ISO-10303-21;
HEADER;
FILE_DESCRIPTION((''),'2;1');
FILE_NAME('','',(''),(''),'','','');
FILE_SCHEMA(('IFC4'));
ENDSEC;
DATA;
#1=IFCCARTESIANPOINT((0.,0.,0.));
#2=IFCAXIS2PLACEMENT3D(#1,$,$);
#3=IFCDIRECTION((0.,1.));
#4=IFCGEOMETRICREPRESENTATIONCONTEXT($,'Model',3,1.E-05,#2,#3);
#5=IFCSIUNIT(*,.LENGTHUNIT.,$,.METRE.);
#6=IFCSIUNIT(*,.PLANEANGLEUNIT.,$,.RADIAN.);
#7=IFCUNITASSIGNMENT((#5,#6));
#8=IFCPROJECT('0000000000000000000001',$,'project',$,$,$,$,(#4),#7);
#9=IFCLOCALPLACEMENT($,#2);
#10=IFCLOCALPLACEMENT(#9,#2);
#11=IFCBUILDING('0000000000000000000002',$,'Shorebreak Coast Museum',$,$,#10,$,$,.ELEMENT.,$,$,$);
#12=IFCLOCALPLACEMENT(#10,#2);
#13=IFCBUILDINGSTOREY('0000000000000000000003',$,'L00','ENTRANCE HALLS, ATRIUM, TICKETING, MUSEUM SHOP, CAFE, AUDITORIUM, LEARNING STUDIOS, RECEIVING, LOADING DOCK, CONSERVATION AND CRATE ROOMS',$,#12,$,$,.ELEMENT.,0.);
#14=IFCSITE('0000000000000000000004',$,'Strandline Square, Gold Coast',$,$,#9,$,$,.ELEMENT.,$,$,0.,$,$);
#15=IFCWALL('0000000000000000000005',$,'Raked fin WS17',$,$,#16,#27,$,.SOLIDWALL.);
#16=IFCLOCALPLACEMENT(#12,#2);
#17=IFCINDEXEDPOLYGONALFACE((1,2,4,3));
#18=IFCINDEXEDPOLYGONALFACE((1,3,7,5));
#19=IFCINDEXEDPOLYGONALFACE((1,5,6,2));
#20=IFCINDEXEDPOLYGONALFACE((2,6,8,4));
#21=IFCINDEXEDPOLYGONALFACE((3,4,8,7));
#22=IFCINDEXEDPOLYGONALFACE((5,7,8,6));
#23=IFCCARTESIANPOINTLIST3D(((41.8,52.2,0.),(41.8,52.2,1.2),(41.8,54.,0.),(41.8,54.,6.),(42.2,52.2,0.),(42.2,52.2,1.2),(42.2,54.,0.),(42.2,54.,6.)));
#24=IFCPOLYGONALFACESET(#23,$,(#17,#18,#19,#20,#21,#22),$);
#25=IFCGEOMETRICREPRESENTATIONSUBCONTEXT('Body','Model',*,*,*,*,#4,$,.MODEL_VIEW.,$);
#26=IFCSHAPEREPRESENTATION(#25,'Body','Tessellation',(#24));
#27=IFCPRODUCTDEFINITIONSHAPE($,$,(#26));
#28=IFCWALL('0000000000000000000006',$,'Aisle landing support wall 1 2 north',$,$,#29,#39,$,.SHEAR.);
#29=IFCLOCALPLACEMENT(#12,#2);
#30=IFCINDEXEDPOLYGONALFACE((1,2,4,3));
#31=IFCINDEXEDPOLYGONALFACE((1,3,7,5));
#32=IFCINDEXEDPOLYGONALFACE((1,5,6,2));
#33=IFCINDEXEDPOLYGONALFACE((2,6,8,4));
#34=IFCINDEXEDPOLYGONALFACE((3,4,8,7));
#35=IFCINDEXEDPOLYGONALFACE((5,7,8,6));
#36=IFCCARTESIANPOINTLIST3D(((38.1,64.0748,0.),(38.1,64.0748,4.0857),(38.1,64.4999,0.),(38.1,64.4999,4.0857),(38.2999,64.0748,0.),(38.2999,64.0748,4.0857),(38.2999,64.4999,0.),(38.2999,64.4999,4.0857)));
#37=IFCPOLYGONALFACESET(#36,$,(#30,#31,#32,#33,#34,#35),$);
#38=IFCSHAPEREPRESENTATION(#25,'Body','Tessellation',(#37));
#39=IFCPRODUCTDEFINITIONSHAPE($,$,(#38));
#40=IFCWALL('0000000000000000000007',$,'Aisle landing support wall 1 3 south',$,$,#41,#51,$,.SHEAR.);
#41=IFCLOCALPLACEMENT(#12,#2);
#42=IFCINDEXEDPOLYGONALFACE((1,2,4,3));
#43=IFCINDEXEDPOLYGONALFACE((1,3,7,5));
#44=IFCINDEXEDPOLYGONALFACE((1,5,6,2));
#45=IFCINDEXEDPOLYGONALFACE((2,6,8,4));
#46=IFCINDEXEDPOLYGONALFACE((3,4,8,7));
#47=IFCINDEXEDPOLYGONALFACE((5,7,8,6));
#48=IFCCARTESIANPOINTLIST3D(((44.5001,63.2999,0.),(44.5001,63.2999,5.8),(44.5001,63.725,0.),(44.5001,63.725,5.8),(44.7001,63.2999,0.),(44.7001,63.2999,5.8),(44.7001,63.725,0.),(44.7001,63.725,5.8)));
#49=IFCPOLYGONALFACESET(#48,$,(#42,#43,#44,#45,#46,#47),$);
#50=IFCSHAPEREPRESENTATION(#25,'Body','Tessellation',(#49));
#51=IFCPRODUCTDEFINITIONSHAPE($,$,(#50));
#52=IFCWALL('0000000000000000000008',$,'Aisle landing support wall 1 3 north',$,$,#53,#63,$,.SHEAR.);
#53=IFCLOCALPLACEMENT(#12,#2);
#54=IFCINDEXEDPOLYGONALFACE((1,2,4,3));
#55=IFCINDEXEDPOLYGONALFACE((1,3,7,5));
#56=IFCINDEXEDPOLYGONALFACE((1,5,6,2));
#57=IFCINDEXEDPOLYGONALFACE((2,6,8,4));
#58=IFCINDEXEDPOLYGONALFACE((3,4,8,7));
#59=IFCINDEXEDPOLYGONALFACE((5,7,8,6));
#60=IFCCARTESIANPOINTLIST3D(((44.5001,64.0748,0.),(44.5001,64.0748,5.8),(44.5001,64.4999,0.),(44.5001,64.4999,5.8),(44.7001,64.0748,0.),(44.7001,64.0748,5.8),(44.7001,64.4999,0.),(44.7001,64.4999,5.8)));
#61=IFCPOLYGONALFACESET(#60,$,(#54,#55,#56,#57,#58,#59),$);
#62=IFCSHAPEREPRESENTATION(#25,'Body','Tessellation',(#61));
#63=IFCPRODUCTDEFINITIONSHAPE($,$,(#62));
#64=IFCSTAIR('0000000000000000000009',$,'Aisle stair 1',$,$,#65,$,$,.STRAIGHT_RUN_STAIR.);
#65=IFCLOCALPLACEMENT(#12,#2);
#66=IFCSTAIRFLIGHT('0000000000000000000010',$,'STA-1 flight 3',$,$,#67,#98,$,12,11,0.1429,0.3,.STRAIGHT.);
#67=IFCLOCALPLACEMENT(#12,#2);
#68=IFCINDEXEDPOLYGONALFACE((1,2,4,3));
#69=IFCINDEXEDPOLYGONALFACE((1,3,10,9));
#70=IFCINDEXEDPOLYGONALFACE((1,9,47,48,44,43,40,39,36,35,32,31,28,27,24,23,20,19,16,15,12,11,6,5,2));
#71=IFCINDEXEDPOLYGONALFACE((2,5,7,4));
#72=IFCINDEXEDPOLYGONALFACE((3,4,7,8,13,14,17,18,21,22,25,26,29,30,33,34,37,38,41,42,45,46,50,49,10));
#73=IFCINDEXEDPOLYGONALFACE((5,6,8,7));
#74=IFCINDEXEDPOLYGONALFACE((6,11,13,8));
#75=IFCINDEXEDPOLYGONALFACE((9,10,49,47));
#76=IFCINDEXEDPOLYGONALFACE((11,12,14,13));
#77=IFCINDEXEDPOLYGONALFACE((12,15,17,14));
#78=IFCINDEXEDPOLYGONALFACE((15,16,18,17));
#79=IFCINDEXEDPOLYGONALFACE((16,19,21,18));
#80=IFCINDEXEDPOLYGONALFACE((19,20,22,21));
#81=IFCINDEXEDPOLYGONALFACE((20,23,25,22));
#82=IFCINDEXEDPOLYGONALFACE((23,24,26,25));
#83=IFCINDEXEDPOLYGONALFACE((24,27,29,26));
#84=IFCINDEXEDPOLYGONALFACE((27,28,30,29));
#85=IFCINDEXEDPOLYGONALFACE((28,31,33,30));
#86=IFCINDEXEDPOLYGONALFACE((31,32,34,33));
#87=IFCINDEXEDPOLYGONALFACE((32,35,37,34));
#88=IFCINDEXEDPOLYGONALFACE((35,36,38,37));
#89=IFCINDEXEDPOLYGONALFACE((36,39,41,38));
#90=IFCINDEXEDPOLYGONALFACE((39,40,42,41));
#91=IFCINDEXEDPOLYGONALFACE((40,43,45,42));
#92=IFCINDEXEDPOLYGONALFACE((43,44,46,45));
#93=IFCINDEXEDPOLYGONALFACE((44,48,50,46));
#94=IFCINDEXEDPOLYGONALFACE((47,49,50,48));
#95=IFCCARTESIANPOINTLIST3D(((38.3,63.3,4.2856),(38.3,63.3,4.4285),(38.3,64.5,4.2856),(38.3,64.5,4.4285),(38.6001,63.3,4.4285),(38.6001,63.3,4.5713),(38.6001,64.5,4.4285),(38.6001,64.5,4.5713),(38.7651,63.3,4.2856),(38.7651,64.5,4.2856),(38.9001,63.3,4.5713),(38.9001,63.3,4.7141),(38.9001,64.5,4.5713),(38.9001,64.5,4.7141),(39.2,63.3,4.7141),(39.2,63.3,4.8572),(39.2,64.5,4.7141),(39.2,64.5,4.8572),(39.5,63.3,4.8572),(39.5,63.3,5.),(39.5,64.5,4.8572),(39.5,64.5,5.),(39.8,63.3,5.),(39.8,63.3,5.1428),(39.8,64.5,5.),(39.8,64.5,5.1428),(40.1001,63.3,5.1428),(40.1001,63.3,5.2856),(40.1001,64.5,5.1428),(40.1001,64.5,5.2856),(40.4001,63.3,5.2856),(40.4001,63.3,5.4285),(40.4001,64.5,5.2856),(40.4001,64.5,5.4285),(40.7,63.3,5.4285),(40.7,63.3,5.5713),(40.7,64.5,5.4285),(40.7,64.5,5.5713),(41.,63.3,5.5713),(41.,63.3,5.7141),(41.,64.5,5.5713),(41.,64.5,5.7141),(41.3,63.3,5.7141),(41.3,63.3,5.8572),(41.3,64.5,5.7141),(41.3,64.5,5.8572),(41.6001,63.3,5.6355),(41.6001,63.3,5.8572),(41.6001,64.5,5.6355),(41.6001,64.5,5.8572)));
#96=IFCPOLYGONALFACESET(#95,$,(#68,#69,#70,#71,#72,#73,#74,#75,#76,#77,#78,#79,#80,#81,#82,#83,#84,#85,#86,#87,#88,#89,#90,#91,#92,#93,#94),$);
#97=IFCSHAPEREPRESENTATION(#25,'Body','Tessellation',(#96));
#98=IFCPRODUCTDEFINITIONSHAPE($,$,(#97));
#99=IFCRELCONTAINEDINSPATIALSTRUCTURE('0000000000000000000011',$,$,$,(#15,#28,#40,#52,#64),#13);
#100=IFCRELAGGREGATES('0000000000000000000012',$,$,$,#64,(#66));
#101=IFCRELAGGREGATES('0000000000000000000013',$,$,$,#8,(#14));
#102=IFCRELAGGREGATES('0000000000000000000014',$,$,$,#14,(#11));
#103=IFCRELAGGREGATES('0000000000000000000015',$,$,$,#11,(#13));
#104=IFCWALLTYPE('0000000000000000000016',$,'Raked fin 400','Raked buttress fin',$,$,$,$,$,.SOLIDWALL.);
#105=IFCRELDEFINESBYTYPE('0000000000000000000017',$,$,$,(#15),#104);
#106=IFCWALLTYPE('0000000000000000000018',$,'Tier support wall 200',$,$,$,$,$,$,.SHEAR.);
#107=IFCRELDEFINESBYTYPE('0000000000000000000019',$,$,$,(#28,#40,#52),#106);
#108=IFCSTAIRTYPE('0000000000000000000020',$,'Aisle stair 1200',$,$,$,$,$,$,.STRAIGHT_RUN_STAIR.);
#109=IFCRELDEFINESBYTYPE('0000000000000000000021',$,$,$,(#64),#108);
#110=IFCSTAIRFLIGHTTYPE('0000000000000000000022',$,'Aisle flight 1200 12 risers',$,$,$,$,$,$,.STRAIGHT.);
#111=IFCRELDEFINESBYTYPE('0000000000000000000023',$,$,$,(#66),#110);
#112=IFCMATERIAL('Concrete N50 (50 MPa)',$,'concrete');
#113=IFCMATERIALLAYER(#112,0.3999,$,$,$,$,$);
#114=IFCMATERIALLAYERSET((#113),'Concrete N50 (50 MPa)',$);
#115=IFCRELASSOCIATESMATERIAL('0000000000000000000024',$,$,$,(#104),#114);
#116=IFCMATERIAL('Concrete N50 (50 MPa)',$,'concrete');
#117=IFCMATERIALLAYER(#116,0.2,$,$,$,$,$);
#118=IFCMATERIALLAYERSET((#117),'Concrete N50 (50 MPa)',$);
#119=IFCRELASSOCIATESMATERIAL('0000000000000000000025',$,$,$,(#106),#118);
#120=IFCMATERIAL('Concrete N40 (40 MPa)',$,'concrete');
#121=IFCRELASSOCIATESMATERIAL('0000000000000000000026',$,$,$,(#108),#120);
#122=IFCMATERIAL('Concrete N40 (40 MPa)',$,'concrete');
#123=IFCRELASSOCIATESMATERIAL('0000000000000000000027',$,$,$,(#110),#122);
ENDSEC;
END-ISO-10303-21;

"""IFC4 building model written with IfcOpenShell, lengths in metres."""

from ifc_helpers import new_model, si_unit, direction, frame, frame_2d, origin, place, context, subcontext, project, spatial, polyline, rectangle, outline, extrude, material, layer, layer_set, type_object, element, aggregate, save


model = new_model("IFC4")

# Units and contexts
model_context = context("Model", 3, precision=1e-05, world=origin(), true_north=direction((0.0, 1.0)))
body_context = subcontext(model_context, "Body", "Model", "MODEL_VIEW")
ifc_project = project(units=[si_unit("LENGTHUNIT", "METRE"), si_unit("PLANEANGLEUNIT", "RADIAN")], contexts=[model_context])

# Site, building, storey
site_placement = place(None, origin())
site = spatial("IfcSite", under=ifc_project, at=site_placement, Name="Strandline Square, Gold Coast", CompositionType="ELEMENT", RefElevation=0.0)
building_placement = place(site_placement, origin())
building = spatial("IfcBuilding", under=site, at=building_placement, Name="Shorebreak Coast Museum", CompositionType="ELEMENT")
storey_placement = place(building_placement, origin())
storey = spatial("IfcBuildingStorey", under=building, at=storey_placement, Name="L00", Description="ENTRANCE HALLS, ATRIUM, TICKETING, MUSEUM SHOP, CAFE, AUDITORIUM, LEARNING STUDIOS, RECEIVING, LOADING DOCK, CONSERVATION AND CRATE ROOMS", CompositionType="ELEMENT", Elevation=0.0)

# Walls
ifc_material_1 = material(Name="Concrete N50 (50 MPa)", Category="concrete")
ifc_layer_1 = layer(ifc_material_1, 0.3999)
ifc_layer_set_1 = layer_set([ifc_layer_1], Name="Concrete N50 (50 MPa)")
wall_type_1 = type_object("IfcWallType", Name="Raked fin 400", Description="Raked buttress fin", PredefinedType="SOLIDWALL", material=ifc_layer_set_1)
wall_1_placement = place(storey_placement, frame((42.0, 54.0, 0.0), z_axis=(0.0, 0.0, 1.0), x_axis=(0.0, -1.0, 0.0)))
element("IfcWall", 1, at=wall_1_placement, inside=storey, type_object=wall_type_1, Name="Raked fin WS17", PredefinedType="SOLIDWALL", context=body_context, shape_type="SweptSolid", body=[
    extrude(outline(polyline([(0.0, 0.0), (1.8, 0.0), (1.8, 1.2), (0.0, 6.0), (0.0, 0.0)])), frame((0.0, 0.2, 0.0), z_axis=(0.0, -1.0, 0.0), x_axis=(1.0, 0.0, 0.0)), (0.0, 0.0, 1.0), 0.3999),
])
ifc_material_2 = material(Name="Concrete N50 (50 MPa)", Category="concrete")
ifc_layer_2 = layer(ifc_material_2, 0.2)
ifc_layer_set_2 = layer_set([ifc_layer_2], Name="Concrete N50 (50 MPa)")
wall_type_2 = type_object("IfcWallType", Name="Tier support wall 200", PredefinedType="SHEAR", material=ifc_layer_set_2)
wall_2_placement = place(storey_placement, frame((38.2, 64.075, 0.0), z_axis=(0.0, 0.0, 1.0), x_axis=(0.0, 1.0, 0.0)))
element("IfcWall", 2, at=wall_2_placement, inside=storey, type_object=wall_type_2, Name="Aisle landing support wall 1 2 north", PredefinedType="SHEAR", context=body_context, shape_type="SweptSolid", body=[
    extrude(rectangle(XDim=0.425, YDim=0.2, at=frame_2d((0.2124, 0.0))), origin(), (0.0, 0.0, 1.0), 4.0857),
])
for number, where, z_axis, x_axis, name in (
    (3, (44.6001, 63.3, 0.0), (0.0, 0.0, 1.0), (0.0, 1.0, 0.0), "Aisle landing support wall 1 3 south"),
    (4, (44.6001, 64.075, 0.0), (0.0, 0.0, 1.0), (0.0, 1.0, 0.0), "Aisle landing support wall 1 3 north"),
):
    element("IfcWall", number, at=place(storey_placement, frame(where, z_axis=z_axis, x_axis=x_axis)), inside=storey, type_object=wall_type_2, Name=name, PredefinedType="SHEAR", context=body_context, shape_type="SweptSolid", body=[
        extrude(rectangle(XDim=0.425, YDim=0.2, at=frame_2d((0.2124, 0.0))), origin(), (0.0, 0.0, 1.0), 5.8),
    ])

# Stair, stair flight
ifc_material_3 = material(Name="Concrete N40 (40 MPa)", Category="concrete")
stair_type = type_object("IfcStairType", Name="Aisle stair 1200", PredefinedType="STRAIGHT_RUN_STAIR", material=ifc_material_3)
stair_placement = place(storey_placement, origin())
stair = element("IfcStair", 5, at=stair_placement, inside=storey, type_object=stair_type, Name="Aisle stair 1", PredefinedType="STRAIGHT_RUN_STAIR")
ifc_material_4 = material(Name="Concrete N40 (40 MPa)", Category="concrete")
stair_flight_type = type_object("IfcStairFlightType", Name="Aisle flight 1200 12 risers", PredefinedType="STRAIGHT", material=ifc_material_4)
stair_flight_placement = place(storey_placement, frame((38.3, 63.8999, 4.2856), z_axis=(0.0, 0.0, 1.0), x_axis=(1.0, 0.0, 0.0)))
stair_flight = element("IfcStairFlight", 6, at=stair_flight_placement, type_object=stair_flight_type, Name="STA-1 flight 3", NumberOfRisers=12, NumberOfTreads=11, PredefinedType="STRAIGHT", RiserHeight=0.1429, TreadLength=0.3, context=body_context, shape_type="SweptSolid", body=[
    extrude(outline(polyline([(0.0, 0.0), (0.0, 0.1428), (0.3, 0.1428), (0.3, 0.2856), (0.6001, 0.2856), (0.6001, 0.4285), (0.8999, 0.4285), (0.8999, 0.5715), (1.2, 0.5715), (1.2, 0.7144), (1.5, 0.7144), (1.5, 0.8572), (1.8, 0.8572), (1.8, 1.0), (2.1001, 1.0), (2.1001, 1.1428), (2.3999, 1.1428), (2.3999, 1.2856), (2.7, 1.2856), (2.7, 1.4285), (3.0, 1.4285), (3.0, 1.5715), (3.3, 1.5715), (3.3, 1.7144), (3.3, 1.3499), (0.4651, 0.0), (0.0, 0.0)])), frame((0.0, 0.6001, 0.0), z_axis=(0.0, -1.0, 0.0), x_axis=(1.0, 0.0, 0.0)), (0.0, 0.0, 1.0), 1.2),
])
aggregate(stair, [stair_flight])

save(model, "model.ifc")
